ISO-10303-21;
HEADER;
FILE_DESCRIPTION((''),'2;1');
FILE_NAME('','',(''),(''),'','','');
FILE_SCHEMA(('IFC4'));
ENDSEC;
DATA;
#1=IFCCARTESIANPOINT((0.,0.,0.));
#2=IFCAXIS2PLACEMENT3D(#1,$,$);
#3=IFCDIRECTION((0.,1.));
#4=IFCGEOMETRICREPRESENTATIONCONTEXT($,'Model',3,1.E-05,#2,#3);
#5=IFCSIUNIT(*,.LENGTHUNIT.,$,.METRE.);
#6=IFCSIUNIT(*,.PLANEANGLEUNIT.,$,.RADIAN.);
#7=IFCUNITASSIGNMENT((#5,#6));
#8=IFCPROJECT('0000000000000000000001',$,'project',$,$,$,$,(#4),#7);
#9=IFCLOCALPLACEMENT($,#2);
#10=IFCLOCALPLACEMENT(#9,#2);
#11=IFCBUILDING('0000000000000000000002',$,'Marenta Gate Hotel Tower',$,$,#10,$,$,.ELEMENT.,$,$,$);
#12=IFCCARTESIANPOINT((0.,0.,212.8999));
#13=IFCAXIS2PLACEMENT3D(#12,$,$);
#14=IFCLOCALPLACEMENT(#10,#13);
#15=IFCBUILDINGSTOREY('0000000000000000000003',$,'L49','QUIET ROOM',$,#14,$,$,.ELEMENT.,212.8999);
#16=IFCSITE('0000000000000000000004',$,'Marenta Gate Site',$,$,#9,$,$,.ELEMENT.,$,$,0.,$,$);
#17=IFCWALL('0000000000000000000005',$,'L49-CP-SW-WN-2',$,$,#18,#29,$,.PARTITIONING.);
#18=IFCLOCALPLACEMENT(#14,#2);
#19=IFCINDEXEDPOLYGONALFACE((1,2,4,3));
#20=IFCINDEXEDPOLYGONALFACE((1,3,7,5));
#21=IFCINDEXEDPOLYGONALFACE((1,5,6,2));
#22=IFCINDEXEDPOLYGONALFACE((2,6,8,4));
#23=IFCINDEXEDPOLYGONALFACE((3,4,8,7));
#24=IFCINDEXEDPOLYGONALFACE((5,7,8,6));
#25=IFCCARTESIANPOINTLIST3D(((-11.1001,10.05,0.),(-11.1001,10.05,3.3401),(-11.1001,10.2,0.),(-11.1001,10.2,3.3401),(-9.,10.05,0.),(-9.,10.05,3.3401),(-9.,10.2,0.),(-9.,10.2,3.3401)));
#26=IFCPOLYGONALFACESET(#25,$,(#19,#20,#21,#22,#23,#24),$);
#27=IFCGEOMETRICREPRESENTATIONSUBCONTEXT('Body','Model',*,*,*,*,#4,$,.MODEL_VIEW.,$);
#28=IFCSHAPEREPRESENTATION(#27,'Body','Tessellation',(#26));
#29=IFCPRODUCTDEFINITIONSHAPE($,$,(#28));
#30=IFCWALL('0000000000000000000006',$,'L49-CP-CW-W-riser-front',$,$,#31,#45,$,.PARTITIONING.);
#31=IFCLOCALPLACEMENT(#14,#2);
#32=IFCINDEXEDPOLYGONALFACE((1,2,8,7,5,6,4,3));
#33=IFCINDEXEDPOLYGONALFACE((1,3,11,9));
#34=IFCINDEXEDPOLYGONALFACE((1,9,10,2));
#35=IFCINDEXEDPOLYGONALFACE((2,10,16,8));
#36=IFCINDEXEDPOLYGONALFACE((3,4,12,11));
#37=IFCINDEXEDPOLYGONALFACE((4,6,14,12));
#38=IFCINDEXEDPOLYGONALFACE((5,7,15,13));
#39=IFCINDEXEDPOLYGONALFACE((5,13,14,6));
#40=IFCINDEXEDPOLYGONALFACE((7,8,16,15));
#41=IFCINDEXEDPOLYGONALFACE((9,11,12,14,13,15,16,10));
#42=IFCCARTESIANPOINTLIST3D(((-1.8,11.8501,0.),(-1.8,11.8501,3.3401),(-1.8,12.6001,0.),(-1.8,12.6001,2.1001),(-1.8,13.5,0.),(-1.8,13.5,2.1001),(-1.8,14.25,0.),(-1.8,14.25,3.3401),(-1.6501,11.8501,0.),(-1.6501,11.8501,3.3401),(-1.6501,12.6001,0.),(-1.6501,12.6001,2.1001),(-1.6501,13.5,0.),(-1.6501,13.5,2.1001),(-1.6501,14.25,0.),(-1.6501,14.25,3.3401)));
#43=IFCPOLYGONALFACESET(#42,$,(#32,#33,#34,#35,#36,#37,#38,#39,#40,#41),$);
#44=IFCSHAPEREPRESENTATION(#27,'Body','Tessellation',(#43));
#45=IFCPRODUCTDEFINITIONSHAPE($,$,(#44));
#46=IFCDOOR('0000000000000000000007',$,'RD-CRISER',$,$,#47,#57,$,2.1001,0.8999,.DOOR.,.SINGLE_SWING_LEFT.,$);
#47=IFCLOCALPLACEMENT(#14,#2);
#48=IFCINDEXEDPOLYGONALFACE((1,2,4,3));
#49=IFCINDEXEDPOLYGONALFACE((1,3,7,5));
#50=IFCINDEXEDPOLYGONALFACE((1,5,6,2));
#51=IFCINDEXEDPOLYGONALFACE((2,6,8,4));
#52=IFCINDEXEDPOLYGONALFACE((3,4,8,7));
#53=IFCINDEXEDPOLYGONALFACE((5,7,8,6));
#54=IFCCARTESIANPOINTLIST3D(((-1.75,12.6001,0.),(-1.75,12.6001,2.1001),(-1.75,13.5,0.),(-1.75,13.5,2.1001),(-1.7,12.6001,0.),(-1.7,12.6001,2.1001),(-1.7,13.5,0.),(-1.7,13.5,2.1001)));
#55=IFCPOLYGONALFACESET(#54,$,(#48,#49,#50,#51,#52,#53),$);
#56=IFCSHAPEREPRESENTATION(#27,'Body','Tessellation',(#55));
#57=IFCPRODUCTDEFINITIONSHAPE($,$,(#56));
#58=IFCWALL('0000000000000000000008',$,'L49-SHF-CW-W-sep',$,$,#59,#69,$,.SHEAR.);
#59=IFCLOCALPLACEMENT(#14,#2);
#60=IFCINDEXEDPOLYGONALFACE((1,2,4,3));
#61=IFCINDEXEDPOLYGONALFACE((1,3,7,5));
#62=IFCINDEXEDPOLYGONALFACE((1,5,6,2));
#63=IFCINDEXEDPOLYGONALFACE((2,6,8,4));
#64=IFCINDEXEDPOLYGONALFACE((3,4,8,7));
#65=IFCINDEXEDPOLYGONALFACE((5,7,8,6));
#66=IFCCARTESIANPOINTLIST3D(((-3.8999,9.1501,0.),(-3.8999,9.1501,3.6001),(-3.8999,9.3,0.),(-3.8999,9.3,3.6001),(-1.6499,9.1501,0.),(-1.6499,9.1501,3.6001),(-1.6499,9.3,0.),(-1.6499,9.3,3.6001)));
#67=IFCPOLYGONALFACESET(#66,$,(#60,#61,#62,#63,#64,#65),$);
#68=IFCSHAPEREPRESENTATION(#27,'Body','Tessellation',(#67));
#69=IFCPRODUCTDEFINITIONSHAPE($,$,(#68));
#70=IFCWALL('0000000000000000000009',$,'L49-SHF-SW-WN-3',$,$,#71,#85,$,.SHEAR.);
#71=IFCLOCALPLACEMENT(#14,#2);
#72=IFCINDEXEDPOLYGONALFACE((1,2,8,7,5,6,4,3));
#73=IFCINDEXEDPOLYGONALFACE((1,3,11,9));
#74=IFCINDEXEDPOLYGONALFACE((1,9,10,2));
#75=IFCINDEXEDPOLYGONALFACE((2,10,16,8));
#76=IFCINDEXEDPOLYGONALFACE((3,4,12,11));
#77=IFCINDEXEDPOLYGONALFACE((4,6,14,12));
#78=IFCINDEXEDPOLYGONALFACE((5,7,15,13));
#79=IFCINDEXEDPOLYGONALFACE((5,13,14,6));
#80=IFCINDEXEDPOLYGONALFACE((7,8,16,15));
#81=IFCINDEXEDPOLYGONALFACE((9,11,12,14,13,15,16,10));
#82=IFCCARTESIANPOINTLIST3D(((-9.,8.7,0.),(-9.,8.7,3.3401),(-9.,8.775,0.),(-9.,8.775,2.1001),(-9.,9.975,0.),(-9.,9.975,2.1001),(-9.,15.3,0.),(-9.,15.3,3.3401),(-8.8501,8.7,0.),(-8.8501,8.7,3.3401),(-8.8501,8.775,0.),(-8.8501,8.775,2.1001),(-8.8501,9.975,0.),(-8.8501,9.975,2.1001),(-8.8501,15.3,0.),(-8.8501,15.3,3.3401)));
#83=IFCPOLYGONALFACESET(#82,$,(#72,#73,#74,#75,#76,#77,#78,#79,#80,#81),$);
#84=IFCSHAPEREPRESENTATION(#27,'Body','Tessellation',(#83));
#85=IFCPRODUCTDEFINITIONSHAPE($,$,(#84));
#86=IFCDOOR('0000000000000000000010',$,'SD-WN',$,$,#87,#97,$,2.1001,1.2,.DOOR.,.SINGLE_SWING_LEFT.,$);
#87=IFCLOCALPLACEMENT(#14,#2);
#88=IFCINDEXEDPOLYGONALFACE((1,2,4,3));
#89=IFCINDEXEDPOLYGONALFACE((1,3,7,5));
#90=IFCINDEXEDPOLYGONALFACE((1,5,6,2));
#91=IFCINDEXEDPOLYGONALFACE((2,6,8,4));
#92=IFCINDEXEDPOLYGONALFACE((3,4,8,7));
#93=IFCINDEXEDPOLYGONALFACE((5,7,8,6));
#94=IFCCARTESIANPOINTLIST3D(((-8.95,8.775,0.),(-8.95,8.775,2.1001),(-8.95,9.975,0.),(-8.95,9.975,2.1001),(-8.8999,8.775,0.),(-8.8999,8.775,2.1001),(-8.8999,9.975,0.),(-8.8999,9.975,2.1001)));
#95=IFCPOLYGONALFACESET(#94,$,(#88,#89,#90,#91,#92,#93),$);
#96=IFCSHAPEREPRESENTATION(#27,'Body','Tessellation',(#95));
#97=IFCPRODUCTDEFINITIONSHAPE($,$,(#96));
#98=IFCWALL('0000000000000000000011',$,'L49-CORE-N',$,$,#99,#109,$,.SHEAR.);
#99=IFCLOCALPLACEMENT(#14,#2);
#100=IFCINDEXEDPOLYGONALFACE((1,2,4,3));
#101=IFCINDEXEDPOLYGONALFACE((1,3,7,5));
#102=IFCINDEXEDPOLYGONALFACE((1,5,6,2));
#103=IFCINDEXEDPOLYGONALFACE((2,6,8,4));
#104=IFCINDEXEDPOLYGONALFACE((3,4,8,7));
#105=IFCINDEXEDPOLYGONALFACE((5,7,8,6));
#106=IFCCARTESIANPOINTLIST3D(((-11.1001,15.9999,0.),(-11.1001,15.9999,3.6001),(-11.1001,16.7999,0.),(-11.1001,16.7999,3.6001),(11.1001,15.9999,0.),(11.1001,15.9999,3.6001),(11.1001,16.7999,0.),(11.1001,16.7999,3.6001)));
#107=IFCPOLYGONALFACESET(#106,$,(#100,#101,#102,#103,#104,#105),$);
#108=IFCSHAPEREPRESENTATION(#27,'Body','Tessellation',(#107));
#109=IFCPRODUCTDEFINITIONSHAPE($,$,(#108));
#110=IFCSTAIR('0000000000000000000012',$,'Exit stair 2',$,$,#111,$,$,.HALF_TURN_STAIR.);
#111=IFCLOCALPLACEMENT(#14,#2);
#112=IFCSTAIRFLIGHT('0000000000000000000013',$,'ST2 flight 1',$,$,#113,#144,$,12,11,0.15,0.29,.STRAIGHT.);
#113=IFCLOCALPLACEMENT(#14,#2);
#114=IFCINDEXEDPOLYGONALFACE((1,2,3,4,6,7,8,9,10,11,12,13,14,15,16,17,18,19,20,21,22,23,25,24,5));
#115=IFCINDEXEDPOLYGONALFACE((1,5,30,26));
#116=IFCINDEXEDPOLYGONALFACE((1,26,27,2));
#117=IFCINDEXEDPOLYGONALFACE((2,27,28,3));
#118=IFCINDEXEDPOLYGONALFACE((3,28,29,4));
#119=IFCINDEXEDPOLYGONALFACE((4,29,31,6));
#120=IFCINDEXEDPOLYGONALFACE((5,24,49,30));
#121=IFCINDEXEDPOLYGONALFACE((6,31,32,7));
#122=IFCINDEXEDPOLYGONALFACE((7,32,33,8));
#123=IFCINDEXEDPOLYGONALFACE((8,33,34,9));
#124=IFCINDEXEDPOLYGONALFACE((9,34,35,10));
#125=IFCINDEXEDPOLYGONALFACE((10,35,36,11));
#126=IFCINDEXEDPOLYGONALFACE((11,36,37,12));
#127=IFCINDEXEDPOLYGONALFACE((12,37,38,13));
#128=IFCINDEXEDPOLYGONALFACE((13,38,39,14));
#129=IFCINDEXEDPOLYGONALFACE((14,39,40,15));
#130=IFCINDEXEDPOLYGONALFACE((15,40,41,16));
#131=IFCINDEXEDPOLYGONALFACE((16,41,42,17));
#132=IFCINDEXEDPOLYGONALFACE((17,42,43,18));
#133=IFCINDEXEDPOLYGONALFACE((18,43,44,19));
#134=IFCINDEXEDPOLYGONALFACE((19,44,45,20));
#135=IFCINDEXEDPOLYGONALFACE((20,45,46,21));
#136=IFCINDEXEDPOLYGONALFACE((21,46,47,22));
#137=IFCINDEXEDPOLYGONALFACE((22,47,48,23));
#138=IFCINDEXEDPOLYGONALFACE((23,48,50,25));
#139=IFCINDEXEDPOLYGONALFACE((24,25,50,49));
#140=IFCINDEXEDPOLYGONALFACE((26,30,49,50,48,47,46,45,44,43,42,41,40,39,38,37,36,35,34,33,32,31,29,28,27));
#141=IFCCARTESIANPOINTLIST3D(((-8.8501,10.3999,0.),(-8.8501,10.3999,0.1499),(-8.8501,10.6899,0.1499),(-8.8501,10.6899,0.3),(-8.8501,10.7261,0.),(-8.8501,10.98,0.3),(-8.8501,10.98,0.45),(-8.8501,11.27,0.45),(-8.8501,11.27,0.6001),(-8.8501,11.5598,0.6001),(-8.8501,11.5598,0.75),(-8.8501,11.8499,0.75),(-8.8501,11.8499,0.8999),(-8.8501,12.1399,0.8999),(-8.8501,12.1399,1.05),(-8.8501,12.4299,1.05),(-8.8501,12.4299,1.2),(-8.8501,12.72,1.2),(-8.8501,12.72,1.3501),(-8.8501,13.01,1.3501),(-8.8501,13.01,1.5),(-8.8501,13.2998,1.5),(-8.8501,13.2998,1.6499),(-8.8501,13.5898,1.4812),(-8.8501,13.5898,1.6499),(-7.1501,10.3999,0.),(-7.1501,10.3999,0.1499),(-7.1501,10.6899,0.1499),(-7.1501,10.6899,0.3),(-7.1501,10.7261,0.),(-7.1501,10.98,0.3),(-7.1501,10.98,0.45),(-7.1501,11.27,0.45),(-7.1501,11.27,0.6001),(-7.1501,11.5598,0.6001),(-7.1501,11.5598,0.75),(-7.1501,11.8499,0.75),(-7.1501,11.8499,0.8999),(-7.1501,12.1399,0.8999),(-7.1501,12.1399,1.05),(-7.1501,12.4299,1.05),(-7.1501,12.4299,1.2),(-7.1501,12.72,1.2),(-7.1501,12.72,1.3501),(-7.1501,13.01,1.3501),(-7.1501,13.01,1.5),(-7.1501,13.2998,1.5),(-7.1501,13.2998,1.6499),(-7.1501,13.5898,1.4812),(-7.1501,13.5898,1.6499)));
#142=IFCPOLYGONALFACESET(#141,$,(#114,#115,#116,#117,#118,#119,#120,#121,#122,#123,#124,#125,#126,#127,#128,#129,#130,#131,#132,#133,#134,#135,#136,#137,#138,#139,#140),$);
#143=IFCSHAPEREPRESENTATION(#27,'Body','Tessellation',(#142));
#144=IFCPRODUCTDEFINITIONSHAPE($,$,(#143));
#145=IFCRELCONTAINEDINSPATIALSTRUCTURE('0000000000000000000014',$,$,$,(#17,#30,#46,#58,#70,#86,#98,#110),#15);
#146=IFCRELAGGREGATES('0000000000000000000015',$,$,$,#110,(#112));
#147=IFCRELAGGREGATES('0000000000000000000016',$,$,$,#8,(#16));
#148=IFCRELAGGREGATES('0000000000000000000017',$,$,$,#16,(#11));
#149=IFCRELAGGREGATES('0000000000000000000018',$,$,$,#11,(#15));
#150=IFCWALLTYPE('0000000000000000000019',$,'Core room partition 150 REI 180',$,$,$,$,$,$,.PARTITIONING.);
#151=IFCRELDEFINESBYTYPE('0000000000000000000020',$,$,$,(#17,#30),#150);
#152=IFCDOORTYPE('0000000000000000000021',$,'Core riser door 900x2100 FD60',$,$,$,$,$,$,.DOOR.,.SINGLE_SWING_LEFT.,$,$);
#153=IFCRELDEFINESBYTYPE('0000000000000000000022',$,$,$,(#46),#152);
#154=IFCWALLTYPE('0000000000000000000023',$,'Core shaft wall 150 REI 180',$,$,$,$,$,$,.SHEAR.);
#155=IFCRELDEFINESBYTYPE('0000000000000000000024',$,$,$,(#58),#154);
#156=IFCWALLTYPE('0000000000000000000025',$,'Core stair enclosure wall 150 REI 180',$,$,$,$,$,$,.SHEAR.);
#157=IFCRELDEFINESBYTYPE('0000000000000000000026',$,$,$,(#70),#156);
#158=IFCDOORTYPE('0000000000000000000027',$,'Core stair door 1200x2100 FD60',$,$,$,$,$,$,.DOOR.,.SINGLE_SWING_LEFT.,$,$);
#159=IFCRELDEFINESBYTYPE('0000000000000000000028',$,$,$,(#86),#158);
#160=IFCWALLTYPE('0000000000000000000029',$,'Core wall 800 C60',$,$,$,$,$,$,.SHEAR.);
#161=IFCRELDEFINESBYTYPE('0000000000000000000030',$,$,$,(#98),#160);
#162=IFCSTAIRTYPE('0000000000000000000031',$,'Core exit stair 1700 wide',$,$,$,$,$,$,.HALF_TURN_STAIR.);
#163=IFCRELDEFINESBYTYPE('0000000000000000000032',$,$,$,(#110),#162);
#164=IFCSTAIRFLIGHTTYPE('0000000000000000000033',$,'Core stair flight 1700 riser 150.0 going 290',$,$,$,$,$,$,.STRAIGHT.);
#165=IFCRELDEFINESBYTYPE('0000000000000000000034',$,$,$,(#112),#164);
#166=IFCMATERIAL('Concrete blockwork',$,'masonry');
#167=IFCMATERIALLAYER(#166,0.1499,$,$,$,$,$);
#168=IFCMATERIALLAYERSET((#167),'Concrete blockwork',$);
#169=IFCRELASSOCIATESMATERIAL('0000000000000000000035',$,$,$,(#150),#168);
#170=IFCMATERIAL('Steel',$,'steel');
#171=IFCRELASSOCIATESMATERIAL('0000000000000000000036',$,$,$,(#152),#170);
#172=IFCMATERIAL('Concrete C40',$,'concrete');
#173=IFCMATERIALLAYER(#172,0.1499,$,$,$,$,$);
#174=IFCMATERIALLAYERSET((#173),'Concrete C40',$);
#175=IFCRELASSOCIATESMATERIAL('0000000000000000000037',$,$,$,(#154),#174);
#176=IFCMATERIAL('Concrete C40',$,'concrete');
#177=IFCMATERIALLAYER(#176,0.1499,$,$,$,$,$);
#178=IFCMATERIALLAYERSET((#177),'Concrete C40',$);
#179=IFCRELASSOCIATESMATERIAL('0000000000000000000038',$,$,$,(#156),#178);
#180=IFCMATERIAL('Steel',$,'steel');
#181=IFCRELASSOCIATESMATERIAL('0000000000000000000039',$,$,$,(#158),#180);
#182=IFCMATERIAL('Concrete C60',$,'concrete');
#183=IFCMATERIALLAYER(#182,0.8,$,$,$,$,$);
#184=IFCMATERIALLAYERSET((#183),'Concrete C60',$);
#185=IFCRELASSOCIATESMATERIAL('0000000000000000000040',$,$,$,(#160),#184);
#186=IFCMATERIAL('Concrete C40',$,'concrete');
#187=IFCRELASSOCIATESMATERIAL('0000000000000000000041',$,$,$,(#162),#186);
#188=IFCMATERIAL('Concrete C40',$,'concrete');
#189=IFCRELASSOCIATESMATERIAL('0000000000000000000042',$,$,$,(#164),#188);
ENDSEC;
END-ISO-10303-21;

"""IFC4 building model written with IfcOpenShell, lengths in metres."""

from ifc_helpers import new_model, si_unit, direction, frame, frame_2d, origin, place, context, subcontext, project, spatial, polyline, rectangle, outline, extrude, material, layer, layer_set, type_object, element, fill, aggregate, save


model = new_model("IFC4")

# Units and contexts
model_context = context("Model", 3, precision=1e-05, world=origin(), true_north=direction((0.0, 1.0)))
body_context = subcontext(model_context, "Body", "Model", "MODEL_VIEW")
ifc_project = project(units=[si_unit("LENGTHUNIT", "METRE"), si_unit("PLANEANGLEUNIT", "RADIAN")], contexts=[model_context])

# Site, building, storey
site_placement = place(None, origin())
site = spatial("IfcSite", under=ifc_project, at=site_placement, Name="Marenta Gate Site", CompositionType="ELEMENT", RefElevation=0.0)
building_placement = place(site_placement, origin())
building = spatial("IfcBuilding", under=site, at=building_placement, Name="Marenta Gate Hotel Tower", CompositionType="ELEMENT")
storey_placement = place(building_placement, frame((0.0, 0.0, 212.8999)))
storey = spatial("IfcBuildingStorey", under=building, at=storey_placement, Name="L49", Description="QUIET ROOM", CompositionType="ELEMENT", Elevation=212.8999)

# Wall
ifc_material_1 = material(Name="Concrete blockwork", Category="masonry")
ifc_layer_1 = layer(ifc_material_1, 0.1499)
ifc_layer_set_1 = layer_set([ifc_layer_1], Name="Concrete blockwork")
wall_type_1 = type_object("IfcWallType", Name="Core room partition 150 REI 180", PredefinedType="PARTITIONING", material=ifc_layer_set_1)
wall_1_placement = place(storey_placement, frame((-11.1001, 10.125, 0.0), z_axis=(0.0, 0.0, 1.0), x_axis=(1.0, 0.0, 0.0)))
element("IfcWall", 1, at=wall_1_placement, inside=storey, type_object=wall_type_1, Name="L49-CP-SW-WN-2", PredefinedType="PARTITIONING", context=body_context, shape_type="SweptSolid", body=[
    extrude(rectangle(XDim=2.1001, YDim=0.1499, at=frame_2d((1.05, 0.0))), origin(), (0.0, 0.0, 1.0), 3.3401),
])

# Wall, opening, door
wall_2_placement = place(storey_placement, frame((-1.7251, 11.8501, 0.0), z_axis=(0.0, 0.0, 1.0), x_axis=(0.0, 1.0, 0.0)))
wall_2 = element("IfcWall", 2, at=wall_2_placement, inside=storey, type_object=wall_type_1, Name="L49-CP-CW-W-riser-front", PredefinedType="PARTITIONING", context=body_context, shape_type="SweptSolid", body=[
    extrude(rectangle(XDim=2.3999, YDim=0.1499, at=frame_2d((1.2, 0.0))), origin(), (0.0, 0.0, 1.0), 3.3401),
])
opening_1_placement = place(wall_2_placement, frame((0.75, 0.0, 0.0)))
opening_1 = element("IfcOpeningElement", 3, at=opening_1_placement, cuts=wall_2, PredefinedType="OPENING", context=body_context, shape_type="SweptSolid", body=[
    extrude(rectangle(XDim=0.8999, YDim=2.1001, at=frame_2d((0.45, 1.05))), frame((0.0, 0.075, 0.0), z_axis=(0.0, -1.0, 0.0), x_axis=(1.0, 0.0, 0.0)), (0.0, 0.0, 1.0), 0.1499),
])
ifc_material_2 = material(Name="Steel", Category="steel")
door_type_1 = type_object("IfcDoorType", Name="Core riser door 900x2100 FD60", OperationType="SINGLE_SWING_LEFT", PredefinedType="DOOR", material=ifc_material_2)
door_1_placement = place(opening_1_placement, origin())
door_1 = element("IfcDoor", 4, at=door_1_placement, inside=storey, type_object=door_type_1, Name="RD-CRISER", OperationType="SINGLE_SWING_LEFT", OverallHeight=2.1001, OverallWidth=0.8999, PredefinedType="DOOR", context=body_context, shape_type="SweptSolid", body=[
    extrude(rectangle(XDim=0.8999, YDim=2.1001, at=frame_2d((0.45, 1.05))), frame((0.0, 0.0249, 0.0), z_axis=(0.0, -1.0, 0.0), x_axis=(1.0, 0.0, 0.0)), (0.0, 0.0, 1.0), 0.05),
])
fill(opening_1, door_1)

# Wall
ifc_material_3 = material(Name="Concrete C40", Category="concrete")
ifc_layer_2 = layer(ifc_material_3, 0.1499)
ifc_layer_set_2 = layer_set([ifc_layer_2], Name="Concrete C40")
wall_type_2 = type_object("IfcWallType", Name="Core shaft wall 150 REI 180", PredefinedType="SHEAR", material=ifc_layer_set_2)
wall_3_placement = place(storey_placement, frame((-3.8999, 9.2251, 0.0), z_axis=(0.0, 0.0, 1.0), x_axis=(1.0, 0.0, 0.0)))
element("IfcWall", 5, at=wall_3_placement, inside=storey, type_object=wall_type_2, Name="L49-SHF-CW-W-sep", PredefinedType="SHEAR", context=body_context, shape_type="SweptSolid", body=[
    extrude(rectangle(XDim=2.25, YDim=0.1499, at=frame_2d((1.125, 0.0))), origin(), (0.0, 0.0, 1.0), 3.6001),
])

# Wall, opening, door
ifc_material_4 = material(Name="Concrete C40", Category="concrete")
ifc_layer_3 = layer(ifc_material_4, 0.1499)
ifc_layer_set_3 = layer_set([ifc_layer_3], Name="Concrete C40")
wall_type_3 = type_object("IfcWallType", Name="Core stair enclosure wall 150 REI 180", PredefinedType="SHEAR", material=ifc_layer_set_3)
wall_4_placement = place(storey_placement, frame((-8.925, 8.7, 0.0), z_axis=(0.0, 0.0, 1.0), x_axis=(0.0, 1.0, 0.0)))
wall_4 = element("IfcWall", 6, at=wall_4_placement, inside=storey, type_object=wall_type_3, Name="L49-SHF-SW-WN-3", PredefinedType="SHEAR", context=body_context, shape_type="SweptSolid", body=[
    extrude(rectangle(XDim=6.6001, YDim=0.1499, at=frame_2d((3.3, 0.0))), origin(), (0.0, 0.0, 1.0), 3.3401),
])
opening_2_placement = place(wall_4_placement, frame((0.075, 0.0, 0.0)))
opening_2 = element("IfcOpeningElement", 7, at=opening_2_placement, cuts=wall_4, PredefinedType="OPENING", context=body_context, shape_type="SweptSolid", body=[
    extrude(rectangle(XDim=1.2, YDim=2.1001, at=frame_2d((0.6001, 1.05))), frame((0.0, 0.075, 0.0), z_axis=(0.0, -1.0, 0.0), x_axis=(1.0, 0.0, 0.0)), (0.0, 0.0, 1.0), 0.1499),
])
ifc_material_5 = material(Name="Steel", Category="steel")
door_type_2 = type_object("IfcDoorType", Name="Core stair door 1200x2100 FD60", OperationType="SINGLE_SWING_LEFT", PredefinedType="DOOR", material=ifc_material_5)
door_2_placement = place(opening_2_placement, origin())
door_2 = element("IfcDoor", 8, at=door_2_placement, inside=storey, type_object=door_type_2, Name="SD-WN", OperationType="SINGLE_SWING_LEFT", OverallHeight=2.1001, OverallWidth=1.2, PredefinedType="DOOR", context=body_context, shape_type="SweptSolid", body=[
    extrude(rectangle(XDim=1.2, YDim=2.1001, at=frame_2d((0.6001, 1.05))), frame((0.0, 0.0249, 0.0), z_axis=(0.0, -1.0, 0.0), x_axis=(1.0, 0.0, 0.0)), (0.0, 0.0, 1.0), 0.05),
])
fill(opening_2, door_2)

# Wall
ifc_material_6 = material(Name="Concrete C60", Category="concrete")
ifc_layer_4 = layer(ifc_material_6, 0.8)
ifc_layer_set_4 = layer_set([ifc_layer_4], Name="Concrete C60")
wall_type_4 = type_object("IfcWallType", Name="Core wall 800 C60", PredefinedType="SHEAR", material=ifc_layer_set_4)
wall_5_placement = place(storey_placement, frame((-11.1001, 16.3999, 0.0), z_axis=(0.0, 0.0, 1.0), x_axis=(1.0, 0.0, 0.0)))
element("IfcWall", 9, at=wall_5_placement, inside=storey, type_object=wall_type_4, Name="L49-CORE-N", PredefinedType="SHEAR", context=body_context, shape_type="SweptSolid", body=[
    extrude(rectangle(XDim=22.2002, YDim=0.8, at=frame_2d((11.1001, 0.0))), origin(), (0.0, 0.0, 1.0), 3.6001),
])

# Stair, stair flight
ifc_material_7 = material(Name="Concrete C40", Category="concrete")
stair_type = type_object("IfcStairType", Name="Core exit stair 1700 wide", PredefinedType="HALF_TURN_STAIR", material=ifc_material_7)
stair_placement = place(storey_placement, origin())
stair = element("IfcStair", 10, at=stair_placement, inside=storey, type_object=stair_type, Name="Exit stair 2", PredefinedType="HALF_TURN_STAIR")
ifc_material_8 = material(Name="Concrete C40", Category="concrete")
stair_flight_type = type_object("IfcStairFlightType", Name="Core stair flight 1700 riser 150.0 going 290", PredefinedType="STRAIGHT", material=ifc_material_8)
stair_flight_1_placement = place(storey_placement, frame((-8.0, 10.3999, 0.0), z_axis=(0.0, 0.0, 1.0), x_axis=(0.0, 1.0, 0.0)))
stair_flight_1 = element("IfcStairFlight", 11, at=stair_flight_1_placement, type_object=stair_flight_type, Name="ST2 flight 1", NumberOfRisers=12, NumberOfTreads=11, PredefinedType="STRAIGHT", RiserHeight=0.15, TreadLength=0.29, context=body_context, shape_type="SweptSolid", body=[
    extrude(outline(polyline([(0.0, 0.0), (0.0, 0.1499), (0.29, 0.1499), (0.29, 0.3), (0.5801, 0.3), (0.5801, 0.45), (0.8701, 0.45), (0.8701, 0.6001), (1.1599, 0.6001), (1.1599, 0.75), (1.45, 0.75), (1.45, 0.8999), (1.74, 0.8999), (1.74, 1.05), (2.03, 1.05), (2.03, 1.2), (2.3201, 1.2), (2.3201, 1.3501), (2.6101, 1.3501), (2.6101, 1.5), (2.8999, 1.5), (2.8999, 1.6499), (3.1899, 1.6499), (3.1899, 1.8), (3.1899, 1.4812), (0.3262, 0.0), (0.0, 0.0)])), frame((0.0, 0.8501, 0.0), z_axis=(0.0, -1.0, 0.0), x_axis=(1.0, 0.0, 0.0)), (0.0, 0.0, 1.0), 1.7),
])
aggregate(stair, [stair_flight_1])

save(model, "model.ifc")
